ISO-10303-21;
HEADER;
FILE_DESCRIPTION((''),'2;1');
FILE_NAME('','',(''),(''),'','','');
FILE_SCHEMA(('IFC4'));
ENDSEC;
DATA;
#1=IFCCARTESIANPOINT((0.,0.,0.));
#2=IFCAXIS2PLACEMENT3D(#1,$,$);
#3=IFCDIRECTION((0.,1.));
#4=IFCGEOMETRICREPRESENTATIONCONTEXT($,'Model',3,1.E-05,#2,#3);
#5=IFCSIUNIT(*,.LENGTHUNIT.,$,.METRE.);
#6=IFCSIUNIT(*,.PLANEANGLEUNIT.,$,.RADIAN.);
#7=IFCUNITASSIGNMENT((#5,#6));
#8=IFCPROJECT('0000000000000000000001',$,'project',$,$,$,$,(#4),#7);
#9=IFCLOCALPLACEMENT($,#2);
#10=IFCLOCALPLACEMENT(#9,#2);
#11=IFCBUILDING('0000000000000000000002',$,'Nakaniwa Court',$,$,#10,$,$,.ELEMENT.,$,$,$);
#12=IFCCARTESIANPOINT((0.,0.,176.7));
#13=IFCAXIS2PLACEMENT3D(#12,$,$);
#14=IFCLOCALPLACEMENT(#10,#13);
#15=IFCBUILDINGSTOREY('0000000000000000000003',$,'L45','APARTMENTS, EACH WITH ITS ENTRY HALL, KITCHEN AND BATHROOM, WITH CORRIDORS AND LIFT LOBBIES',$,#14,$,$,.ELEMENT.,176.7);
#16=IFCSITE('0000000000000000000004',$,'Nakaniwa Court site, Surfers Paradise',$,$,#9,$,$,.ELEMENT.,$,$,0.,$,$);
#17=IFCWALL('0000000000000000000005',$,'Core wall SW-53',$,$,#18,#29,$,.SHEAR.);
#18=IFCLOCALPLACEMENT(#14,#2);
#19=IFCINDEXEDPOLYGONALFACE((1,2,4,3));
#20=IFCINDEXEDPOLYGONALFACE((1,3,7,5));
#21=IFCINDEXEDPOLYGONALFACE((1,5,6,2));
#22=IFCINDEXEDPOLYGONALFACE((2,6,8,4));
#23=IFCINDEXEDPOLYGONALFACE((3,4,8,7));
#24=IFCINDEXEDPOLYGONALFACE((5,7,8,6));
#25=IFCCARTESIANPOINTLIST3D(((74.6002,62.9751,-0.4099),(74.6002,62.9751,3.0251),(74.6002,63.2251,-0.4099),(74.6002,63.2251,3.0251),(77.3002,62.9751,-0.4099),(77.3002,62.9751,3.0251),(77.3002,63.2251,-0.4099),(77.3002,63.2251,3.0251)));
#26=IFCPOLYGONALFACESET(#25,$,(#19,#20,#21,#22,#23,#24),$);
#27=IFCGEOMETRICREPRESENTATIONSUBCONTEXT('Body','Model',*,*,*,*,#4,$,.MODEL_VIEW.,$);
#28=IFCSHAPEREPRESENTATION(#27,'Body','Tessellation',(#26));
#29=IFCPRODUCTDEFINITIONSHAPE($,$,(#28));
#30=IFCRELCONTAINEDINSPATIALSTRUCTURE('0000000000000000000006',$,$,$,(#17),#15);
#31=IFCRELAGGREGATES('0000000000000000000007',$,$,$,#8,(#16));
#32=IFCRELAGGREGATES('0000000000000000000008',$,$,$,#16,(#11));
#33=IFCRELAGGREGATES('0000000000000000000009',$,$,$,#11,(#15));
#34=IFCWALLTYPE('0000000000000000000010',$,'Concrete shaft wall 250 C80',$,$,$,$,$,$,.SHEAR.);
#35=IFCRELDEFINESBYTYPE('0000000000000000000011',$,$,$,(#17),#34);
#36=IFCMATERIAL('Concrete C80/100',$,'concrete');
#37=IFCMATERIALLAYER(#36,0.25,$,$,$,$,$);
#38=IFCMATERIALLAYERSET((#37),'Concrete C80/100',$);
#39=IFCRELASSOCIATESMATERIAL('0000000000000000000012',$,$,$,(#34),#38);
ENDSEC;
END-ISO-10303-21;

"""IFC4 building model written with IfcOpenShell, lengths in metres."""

from ifc_helpers import new_model, si_unit, direction, frame, frame_2d, origin, place, context, subcontext, project, spatial, rectangle, extrude, material, layer, layer_set, type_object, element, save


model = new_model("IFC4")

# Units and contexts
model_context = context("Model", 3, precision=1e-05, world=origin(), true_north=direction((0.0, 1.0)))
body_context = subcontext(model_context, "Body", "Model", "MODEL_VIEW")
ifc_project = project(units=[si_unit("LENGTHUNIT", "METRE"), si_unit("PLANEANGLEUNIT", "RADIAN")], contexts=[model_context])

# Site, building, storey
site_placement = place(None, origin())
site = spatial("IfcSite", under=ifc_project, at=site_placement, Name="Nakaniwa Court site, Surfers Paradise", CompositionType="ELEMENT", RefElevation=0.0)
building_placement = place(site_placement, origin())
building = spatial("IfcBuilding", under=site, at=building_placement, Name="Nakaniwa Court", CompositionType="ELEMENT")
storey_placement = place(building_placement, frame((0.0, 0.0, 176.7)))
storey = spatial("IfcBuildingStorey", under=building, at=storey_placement, Name="L45", Description="APARTMENTS, EACH WITH ITS ENTRY HALL, KITCHEN AND BATHROOM, WITH CORRIDORS AND LIFT LOBBIES", CompositionType="ELEMENT", Elevation=176.7)

# Shared definitions
ifc_material_1 = material(Name="Concrete C80/100", Category="concrete")

# Wall
ifc_layer_1 = layer(ifc_material_1, 0.25)
ifc_layer_set_1 = layer_set([ifc_layer_1], Name="Concrete C80/100")
wall_type_1 = type_object("IfcWallType", Name="Concrete shaft wall 250 C80", PredefinedType="SHEAR", material=ifc_layer_set_1)
wall_1_placement = place(storey_placement, frame((74.6001, 63.1001, -0.4099), z_axis=(0.0, 0.0, 1.0), x_axis=(1.0, 0.0, 0.0)))
element("IfcWall", 1, at=wall_1_placement, inside=storey, type_object=wall_type_1, Name="Core wall SW-53", PredefinedType="SHEAR", context=body_context, shape_type="SweptSolid", body=[
    extrude(rectangle(XDim=2.7, YDim=0.25, at=frame_2d((1.3501, 0.0))), origin(), (0.0, 0.0, 1.0), 3.4351),
])

save(model, "model.ifc")
